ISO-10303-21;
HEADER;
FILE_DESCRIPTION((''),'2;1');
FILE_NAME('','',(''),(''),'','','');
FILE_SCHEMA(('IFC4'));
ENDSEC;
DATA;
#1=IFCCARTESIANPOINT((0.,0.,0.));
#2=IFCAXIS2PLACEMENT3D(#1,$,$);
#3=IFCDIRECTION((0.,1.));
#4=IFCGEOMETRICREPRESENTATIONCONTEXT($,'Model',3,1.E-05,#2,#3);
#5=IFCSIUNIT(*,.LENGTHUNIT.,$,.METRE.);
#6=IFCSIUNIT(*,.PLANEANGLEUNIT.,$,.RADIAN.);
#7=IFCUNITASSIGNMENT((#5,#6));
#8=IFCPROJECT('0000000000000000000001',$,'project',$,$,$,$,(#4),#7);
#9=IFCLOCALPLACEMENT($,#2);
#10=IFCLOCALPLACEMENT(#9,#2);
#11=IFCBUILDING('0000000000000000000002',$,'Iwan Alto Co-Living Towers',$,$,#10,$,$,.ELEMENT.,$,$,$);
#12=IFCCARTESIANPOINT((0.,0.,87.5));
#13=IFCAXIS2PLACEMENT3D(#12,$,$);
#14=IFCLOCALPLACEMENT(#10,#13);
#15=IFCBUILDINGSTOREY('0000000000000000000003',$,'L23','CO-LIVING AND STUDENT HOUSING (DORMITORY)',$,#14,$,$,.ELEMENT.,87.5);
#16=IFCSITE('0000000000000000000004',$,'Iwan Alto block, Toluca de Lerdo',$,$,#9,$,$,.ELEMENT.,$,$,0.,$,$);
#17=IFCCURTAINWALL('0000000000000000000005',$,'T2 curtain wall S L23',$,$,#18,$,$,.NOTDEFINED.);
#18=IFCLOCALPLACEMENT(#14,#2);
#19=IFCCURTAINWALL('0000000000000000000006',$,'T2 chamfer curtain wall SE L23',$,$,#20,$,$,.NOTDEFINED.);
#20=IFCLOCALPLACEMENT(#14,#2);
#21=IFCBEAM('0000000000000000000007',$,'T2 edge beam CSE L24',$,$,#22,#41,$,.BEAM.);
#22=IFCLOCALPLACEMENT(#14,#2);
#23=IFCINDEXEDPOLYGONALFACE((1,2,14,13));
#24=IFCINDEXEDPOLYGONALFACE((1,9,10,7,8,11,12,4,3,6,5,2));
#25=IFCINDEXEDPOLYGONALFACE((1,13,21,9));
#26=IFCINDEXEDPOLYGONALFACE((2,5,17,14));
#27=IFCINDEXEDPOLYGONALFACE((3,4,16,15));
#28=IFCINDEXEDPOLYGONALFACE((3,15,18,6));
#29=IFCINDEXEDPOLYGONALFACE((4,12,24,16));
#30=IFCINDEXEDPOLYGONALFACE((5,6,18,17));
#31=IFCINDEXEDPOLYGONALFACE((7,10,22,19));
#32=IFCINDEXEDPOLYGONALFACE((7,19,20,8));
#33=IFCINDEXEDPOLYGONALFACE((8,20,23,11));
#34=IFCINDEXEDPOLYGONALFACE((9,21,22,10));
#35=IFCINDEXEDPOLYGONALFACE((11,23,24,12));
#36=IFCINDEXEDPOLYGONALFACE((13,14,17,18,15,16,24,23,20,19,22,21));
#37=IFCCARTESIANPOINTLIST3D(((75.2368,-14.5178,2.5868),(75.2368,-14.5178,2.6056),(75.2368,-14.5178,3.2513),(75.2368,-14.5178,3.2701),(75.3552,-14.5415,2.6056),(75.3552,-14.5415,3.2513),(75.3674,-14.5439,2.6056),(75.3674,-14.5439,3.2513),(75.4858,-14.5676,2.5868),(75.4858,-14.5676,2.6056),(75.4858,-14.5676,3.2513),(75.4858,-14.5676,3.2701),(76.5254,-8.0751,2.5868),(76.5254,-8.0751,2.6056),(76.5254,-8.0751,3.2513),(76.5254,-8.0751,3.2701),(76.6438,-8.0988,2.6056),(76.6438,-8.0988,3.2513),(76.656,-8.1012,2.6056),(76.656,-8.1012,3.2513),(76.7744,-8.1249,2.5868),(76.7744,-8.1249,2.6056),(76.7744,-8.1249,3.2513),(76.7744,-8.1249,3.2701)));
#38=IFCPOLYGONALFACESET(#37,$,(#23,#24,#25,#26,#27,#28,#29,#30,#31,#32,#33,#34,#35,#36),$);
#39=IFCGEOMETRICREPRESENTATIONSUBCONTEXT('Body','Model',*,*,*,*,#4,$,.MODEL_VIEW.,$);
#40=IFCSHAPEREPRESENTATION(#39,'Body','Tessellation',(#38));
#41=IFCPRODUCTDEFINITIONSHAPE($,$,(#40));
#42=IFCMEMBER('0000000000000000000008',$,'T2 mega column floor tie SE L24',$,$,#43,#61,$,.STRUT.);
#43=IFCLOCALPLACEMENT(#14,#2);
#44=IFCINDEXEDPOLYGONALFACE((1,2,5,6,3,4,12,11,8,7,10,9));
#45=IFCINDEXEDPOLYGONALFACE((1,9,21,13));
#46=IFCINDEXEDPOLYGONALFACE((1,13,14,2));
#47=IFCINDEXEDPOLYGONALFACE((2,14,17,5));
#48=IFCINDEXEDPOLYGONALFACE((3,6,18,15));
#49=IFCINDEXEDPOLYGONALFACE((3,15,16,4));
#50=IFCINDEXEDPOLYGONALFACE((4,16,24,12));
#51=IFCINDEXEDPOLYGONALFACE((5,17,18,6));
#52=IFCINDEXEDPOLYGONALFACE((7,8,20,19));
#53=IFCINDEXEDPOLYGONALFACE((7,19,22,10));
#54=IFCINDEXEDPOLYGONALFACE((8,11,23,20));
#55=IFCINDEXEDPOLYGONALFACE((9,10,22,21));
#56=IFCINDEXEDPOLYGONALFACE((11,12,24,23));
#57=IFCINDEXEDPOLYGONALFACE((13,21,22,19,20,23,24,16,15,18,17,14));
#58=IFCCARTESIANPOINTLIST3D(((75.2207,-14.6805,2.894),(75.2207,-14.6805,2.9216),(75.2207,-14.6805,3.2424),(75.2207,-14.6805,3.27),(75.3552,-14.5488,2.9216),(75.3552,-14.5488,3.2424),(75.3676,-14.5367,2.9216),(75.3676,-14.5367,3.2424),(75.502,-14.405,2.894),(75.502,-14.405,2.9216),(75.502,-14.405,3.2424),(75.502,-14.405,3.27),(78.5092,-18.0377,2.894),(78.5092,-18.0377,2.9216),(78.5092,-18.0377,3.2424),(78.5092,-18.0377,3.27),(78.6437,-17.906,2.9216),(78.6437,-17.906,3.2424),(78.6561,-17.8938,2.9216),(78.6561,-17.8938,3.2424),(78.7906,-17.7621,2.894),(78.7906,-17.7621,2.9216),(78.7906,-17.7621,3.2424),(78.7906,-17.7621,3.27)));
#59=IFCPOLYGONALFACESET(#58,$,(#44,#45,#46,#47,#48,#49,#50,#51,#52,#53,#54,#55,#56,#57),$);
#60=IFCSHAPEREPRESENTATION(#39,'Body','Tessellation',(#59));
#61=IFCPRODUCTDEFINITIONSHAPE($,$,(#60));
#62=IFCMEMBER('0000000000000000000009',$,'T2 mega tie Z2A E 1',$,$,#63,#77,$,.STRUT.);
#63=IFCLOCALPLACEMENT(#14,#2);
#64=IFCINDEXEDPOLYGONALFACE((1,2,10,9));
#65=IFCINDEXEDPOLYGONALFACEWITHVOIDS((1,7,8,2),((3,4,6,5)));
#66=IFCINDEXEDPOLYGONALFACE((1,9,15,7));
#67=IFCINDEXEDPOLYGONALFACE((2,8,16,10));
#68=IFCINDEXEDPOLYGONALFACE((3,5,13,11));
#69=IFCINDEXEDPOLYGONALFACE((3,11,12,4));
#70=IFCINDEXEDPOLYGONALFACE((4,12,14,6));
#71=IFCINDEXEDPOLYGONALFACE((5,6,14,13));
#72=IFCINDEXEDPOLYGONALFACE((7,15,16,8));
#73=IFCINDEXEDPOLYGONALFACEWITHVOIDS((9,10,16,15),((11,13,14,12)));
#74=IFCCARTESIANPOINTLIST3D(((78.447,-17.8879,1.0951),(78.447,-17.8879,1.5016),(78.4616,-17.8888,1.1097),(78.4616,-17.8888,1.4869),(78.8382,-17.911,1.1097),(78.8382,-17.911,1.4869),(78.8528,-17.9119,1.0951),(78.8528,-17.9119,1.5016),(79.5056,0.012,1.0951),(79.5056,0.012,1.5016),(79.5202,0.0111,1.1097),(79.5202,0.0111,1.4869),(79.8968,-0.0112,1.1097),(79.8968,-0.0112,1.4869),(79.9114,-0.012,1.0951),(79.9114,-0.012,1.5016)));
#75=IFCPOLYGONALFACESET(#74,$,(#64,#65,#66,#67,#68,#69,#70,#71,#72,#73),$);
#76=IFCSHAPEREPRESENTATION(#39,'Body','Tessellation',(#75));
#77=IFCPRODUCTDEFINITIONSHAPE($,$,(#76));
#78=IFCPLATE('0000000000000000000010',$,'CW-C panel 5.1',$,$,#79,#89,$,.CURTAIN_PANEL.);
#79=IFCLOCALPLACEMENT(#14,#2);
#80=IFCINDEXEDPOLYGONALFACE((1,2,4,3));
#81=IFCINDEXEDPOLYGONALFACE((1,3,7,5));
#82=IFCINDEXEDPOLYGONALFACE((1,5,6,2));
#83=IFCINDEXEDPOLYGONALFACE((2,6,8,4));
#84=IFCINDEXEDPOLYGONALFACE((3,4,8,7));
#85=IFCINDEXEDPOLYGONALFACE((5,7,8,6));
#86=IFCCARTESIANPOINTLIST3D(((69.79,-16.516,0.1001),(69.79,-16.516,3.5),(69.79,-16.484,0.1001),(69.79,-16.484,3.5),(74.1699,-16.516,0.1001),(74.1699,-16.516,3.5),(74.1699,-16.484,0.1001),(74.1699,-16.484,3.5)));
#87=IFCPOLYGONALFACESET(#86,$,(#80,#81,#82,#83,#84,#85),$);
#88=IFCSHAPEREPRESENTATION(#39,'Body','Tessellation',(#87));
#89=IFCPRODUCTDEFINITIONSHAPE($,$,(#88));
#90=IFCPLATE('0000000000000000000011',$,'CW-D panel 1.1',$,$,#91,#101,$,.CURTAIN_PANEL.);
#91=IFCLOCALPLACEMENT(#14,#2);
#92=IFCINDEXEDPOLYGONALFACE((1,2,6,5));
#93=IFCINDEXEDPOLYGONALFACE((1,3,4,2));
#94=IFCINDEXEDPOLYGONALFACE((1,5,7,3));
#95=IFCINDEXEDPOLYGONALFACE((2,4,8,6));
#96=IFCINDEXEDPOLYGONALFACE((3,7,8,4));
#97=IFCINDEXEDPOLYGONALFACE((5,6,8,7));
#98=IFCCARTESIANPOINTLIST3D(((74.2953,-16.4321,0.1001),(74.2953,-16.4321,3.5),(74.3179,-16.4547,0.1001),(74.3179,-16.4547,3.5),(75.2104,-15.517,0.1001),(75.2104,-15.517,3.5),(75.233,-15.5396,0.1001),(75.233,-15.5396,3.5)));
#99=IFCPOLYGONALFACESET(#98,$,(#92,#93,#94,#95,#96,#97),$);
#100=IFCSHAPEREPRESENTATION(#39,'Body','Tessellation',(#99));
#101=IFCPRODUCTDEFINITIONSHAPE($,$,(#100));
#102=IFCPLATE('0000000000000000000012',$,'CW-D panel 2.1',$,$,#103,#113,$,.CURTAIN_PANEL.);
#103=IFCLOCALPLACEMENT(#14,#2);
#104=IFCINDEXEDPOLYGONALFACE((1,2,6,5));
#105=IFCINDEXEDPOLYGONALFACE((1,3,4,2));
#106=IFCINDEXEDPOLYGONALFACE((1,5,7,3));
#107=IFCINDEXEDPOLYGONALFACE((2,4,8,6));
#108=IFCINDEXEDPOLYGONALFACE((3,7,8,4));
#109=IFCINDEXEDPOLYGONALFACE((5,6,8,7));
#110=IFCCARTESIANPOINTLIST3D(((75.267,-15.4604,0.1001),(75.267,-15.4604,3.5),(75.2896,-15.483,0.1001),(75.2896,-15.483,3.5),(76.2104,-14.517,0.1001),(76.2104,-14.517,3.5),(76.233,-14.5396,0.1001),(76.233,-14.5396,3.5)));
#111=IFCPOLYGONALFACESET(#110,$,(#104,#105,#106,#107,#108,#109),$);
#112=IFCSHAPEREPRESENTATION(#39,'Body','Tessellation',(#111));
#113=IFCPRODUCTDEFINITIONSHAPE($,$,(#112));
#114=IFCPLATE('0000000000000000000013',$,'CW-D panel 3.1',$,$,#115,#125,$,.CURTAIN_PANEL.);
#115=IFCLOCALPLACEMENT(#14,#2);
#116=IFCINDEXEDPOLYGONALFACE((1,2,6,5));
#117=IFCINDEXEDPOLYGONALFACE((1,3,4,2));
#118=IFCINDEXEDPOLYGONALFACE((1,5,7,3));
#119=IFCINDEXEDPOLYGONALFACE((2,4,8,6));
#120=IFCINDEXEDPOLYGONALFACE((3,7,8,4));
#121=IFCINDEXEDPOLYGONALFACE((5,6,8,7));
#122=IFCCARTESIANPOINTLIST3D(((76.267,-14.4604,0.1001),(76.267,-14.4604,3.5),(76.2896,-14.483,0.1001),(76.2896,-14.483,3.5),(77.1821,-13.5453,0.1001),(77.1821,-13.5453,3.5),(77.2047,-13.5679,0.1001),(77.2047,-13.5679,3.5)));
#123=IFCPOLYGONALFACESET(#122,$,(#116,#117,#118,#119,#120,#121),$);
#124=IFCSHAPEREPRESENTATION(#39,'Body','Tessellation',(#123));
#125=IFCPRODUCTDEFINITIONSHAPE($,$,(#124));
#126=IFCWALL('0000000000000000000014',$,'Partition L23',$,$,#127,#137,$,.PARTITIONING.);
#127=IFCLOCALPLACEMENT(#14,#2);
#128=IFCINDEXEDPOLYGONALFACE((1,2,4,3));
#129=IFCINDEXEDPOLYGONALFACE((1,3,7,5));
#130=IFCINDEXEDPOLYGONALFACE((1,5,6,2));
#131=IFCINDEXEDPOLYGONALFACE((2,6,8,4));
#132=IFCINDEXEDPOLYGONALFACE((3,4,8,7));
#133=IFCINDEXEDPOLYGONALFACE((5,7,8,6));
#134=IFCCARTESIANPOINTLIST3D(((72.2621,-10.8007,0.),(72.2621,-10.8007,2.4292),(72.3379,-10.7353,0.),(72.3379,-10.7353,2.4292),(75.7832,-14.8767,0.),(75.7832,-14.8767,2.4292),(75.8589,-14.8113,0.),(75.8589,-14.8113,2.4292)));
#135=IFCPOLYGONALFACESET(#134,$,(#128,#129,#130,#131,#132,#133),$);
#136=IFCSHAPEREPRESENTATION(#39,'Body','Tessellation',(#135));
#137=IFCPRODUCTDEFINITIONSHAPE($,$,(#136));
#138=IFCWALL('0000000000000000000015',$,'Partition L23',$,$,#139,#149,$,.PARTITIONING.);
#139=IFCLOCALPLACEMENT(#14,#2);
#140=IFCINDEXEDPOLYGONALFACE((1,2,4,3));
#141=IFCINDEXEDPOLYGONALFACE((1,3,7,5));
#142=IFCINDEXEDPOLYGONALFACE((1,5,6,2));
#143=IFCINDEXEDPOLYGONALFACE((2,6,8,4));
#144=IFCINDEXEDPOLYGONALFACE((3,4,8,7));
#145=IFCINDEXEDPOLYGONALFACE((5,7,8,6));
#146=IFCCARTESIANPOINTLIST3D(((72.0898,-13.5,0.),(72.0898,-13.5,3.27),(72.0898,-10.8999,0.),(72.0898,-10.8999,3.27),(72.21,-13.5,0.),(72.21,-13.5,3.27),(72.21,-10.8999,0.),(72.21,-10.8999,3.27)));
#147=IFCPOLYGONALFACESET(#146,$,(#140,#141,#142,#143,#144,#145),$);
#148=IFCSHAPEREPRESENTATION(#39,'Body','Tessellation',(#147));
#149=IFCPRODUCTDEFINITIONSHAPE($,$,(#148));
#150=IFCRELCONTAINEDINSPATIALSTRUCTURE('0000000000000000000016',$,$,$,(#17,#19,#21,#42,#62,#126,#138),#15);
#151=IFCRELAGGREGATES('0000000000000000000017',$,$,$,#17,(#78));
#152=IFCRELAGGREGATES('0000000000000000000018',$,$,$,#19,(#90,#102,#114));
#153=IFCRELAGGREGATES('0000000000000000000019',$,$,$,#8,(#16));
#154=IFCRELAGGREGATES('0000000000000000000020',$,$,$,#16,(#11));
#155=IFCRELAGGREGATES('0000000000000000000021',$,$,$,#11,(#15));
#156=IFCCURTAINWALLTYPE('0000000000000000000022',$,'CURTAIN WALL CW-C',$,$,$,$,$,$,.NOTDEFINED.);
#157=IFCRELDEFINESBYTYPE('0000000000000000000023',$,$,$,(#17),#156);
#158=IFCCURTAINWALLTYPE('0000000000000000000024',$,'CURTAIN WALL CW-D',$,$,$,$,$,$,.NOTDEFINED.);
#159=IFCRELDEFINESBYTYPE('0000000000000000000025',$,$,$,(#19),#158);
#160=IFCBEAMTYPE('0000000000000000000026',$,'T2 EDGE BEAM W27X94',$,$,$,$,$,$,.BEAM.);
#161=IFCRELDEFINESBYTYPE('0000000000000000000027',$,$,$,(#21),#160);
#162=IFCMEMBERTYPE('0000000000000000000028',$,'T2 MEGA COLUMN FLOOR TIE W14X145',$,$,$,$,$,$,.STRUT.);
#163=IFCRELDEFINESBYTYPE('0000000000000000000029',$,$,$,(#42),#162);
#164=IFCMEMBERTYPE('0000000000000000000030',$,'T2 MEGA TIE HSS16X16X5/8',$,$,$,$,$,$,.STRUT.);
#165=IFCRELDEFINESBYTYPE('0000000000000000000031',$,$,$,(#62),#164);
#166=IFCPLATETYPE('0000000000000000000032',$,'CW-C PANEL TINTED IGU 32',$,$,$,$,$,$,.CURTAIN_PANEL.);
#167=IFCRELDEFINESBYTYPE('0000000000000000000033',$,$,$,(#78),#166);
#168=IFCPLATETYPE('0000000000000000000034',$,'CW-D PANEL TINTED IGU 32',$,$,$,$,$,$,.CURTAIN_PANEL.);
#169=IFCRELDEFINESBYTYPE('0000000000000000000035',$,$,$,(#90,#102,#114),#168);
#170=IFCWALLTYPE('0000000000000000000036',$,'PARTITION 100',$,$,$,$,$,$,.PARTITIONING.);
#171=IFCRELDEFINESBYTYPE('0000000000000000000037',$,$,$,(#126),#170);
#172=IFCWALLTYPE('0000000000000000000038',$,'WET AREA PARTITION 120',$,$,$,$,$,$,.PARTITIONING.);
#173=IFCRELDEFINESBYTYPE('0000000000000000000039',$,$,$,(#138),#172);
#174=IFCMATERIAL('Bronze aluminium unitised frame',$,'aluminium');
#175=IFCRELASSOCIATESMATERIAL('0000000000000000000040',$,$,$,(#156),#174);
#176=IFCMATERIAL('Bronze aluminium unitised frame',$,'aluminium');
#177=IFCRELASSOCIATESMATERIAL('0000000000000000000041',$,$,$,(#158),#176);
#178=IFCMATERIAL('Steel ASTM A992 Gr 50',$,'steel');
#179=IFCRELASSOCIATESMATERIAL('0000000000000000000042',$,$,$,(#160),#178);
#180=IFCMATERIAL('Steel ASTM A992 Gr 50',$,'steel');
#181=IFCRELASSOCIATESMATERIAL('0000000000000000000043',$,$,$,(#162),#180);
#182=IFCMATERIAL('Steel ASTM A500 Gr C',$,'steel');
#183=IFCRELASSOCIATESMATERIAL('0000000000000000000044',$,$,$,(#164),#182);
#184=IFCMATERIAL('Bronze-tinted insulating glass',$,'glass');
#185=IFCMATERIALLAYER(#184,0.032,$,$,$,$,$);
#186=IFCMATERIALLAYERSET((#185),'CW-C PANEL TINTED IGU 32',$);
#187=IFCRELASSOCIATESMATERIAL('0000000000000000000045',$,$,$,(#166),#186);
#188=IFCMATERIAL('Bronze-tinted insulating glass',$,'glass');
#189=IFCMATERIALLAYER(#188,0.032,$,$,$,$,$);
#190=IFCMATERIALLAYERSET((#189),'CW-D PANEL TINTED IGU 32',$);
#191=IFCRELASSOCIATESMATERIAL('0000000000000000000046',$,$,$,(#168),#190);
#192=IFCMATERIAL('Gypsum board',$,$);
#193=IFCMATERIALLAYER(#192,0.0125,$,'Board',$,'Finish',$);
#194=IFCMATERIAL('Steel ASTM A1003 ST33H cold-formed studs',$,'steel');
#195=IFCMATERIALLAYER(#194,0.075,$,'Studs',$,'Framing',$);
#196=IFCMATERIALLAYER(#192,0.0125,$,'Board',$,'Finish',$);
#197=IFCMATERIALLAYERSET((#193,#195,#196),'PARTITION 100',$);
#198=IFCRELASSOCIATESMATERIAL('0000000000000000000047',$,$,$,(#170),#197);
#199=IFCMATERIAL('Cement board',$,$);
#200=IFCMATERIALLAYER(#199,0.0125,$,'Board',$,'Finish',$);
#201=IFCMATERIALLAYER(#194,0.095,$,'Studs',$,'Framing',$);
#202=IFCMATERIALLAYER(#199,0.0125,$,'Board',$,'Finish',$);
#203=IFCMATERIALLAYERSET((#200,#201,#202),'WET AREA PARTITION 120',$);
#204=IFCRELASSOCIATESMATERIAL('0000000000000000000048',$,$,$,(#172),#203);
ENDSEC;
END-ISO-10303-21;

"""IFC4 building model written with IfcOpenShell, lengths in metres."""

from ifc_helpers import new_model, si_unit, direction, frame, frame_2d, origin, origin_2d, place, context, subcontext, project, spatial, rectangle, hollow_rectangle, i_section, extrude, material, layer, layer_set, material_profile, profile_set, type_object, element, aggregate, save


model = new_model("IFC4")

# Units and contexts
model_context = context("Model", 3, precision=1e-05, world=origin(), true_north=direction((0.0, 1.0)))
body_context = subcontext(model_context, "Body", "Model", "MODEL_VIEW")
ifc_project = project(units=[si_unit("LENGTHUNIT", "METRE"), si_unit("PLANEANGLEUNIT", "RADIAN")], contexts=[model_context])

# Site, building, storey
site_placement = place(None, origin())
site = spatial("IfcSite", under=ifc_project, at=site_placement, Name="Iwan Alto block, Toluca de Lerdo", CompositionType="ELEMENT", RefElevation=0.0)
building_placement = place(site_placement, origin())
building = spatial("IfcBuilding", under=site, at=building_placement, Name="Iwan Alto Co-Living Towers", CompositionType="ELEMENT")
storey_placement = place(building_placement, frame((0.0, 0.0, 87.5)))
storey = spatial("IfcBuildingStorey", under=building, at=storey_placement, Name="L23", Description="CO-LIVING AND STUDENT HOUSING (DORMITORY)", CompositionType="ELEMENT", Elevation=87.5)

# Curtain wall
ifc_material_1 = material(Name="Bronze aluminium unitised frame", Category="aluminium")
curtain_wall_type_1 = type_object("IfcCurtainWallType", Name="CURTAIN WALL CW-C", PredefinedType="NOTDEFINED", material=ifc_material_1)
curtain_wall_1_placement = place(storey_placement, origin())
curtain_wall_1 = element("IfcCurtainWall", 1, at=curtain_wall_1_placement, inside=storey, type_object=curtain_wall_type_1, Name="T2 curtain wall S L23", PredefinedType="NOTDEFINED")

# Curtain wall
ifc_material_2 = material(Name="Bronze aluminium unitised frame", Category="aluminium")
curtain_wall_type_2 = type_object("IfcCurtainWallType", Name="CURTAIN WALL CW-D", PredefinedType="NOTDEFINED", material=ifc_material_2)
curtain_wall_2_placement = place(storey_placement, origin())
curtain_wall_2 = element("IfcCurtainWall", 2, at=curtain_wall_2_placement, inside=storey, type_object=curtain_wall_type_2, Name="T2 chamfer curtain wall SE L23", PredefinedType="NOTDEFINED")

# Beam
ifc_material_3 = material(Name="Steel ASTM A992 Gr 50", Category="steel")
ifc_material_profile_1 = material_profile(ifc_material_3, i_section(OverallWidth=0.2539, OverallDepth=0.6833, WebThickness=0.0125, FlangeThickness=0.0188, at=origin_2d()), Name="W27X94")
ifc_profile_set_1 = profile_set([ifc_material_profile_1], Name="Steel ASTM A992 Gr 50")
beam_type_1 = type_object("IfcBeamType", Name="T2 EDGE BEAM W27X94", PredefinedType="BEAM", material=ifc_profile_set_1)
beam_1_placement = place(storey_placement, frame((75.3613, -14.5427, 2.9285), z_axis=(0.196123, 0.980579, 0.0), x_axis=(-0.980579, 0.196123, 0.0)))
element("IfcBeam", 3, at=beam_1_placement, inside=storey, type_object=beam_type_1, Name="T2 edge beam CSE L24", PredefinedType="BEAM", context=body_context, shape_type="SweptSolid", body=[
    extrude(i_section(OverallWidth=0.2539, OverallDepth=0.6833, WebThickness=0.0125, FlangeThickness=0.0188, at=origin_2d()), origin(), (0.0, 0.0, 1.0), 6.5703),
])

# Members
ifc_material_4 = material(Name="Steel ASTM A992 Gr 50", Category="steel")
ifc_material_profile_2 = material_profile(ifc_material_4, i_section(OverallWidth=0.3938, OverallDepth=0.376, WebThickness=0.0173, FlangeThickness=0.0276, at=origin_2d()), Name="W14X145")
ifc_profile_set_2 = profile_set([ifc_material_profile_2], Name="Steel ASTM A992 Gr 50")
member_type_1 = type_object("IfcMemberType", Name="T2 MEGA COLUMN FLOOR TIE W14X145", PredefinedType="STRUT", material=ifc_profile_set_2)
member_1_placement = place(storey_placement, frame((78.6499, -17.8999, 3.082), z_axis=(-0.69977, 0.714368, 0.0), x_axis=(-0.714368, -0.69977, 0.0)))
element("IfcMember", 4, at=member_1_placement, inside=storey, type_object=member_type_1, Name="T2 mega column floor tie SE L24", PredefinedType="STRUT", context=body_context, shape_type="SweptSolid", body=[
    extrude(i_section(OverallWidth=0.3938, OverallDepth=0.376, WebThickness=0.0173, FlangeThickness=0.0276, at=origin_2d()), origin(), (0.0, 0.0, 1.0), 4.6995),
])
ifc_material_5 = material(Name="Steel ASTM A500 Gr C", Category="steel")
ifc_material_profile_3 = material_profile(ifc_material_5, hollow_rectangle(XDim=0.4065, YDim=0.4065, WallThickness=0.0146, at=origin_2d()), Name="HSS16X16X5/8")
ifc_profile_set_3 = profile_set([ifc_material_profile_3], Name="Steel ASTM A500 Gr C")
member_type_2 = type_object("IfcMemberType", Name="T2 MEGA TIE HSS16X16X5/8", PredefinedType="STRUT", material=ifc_profile_set_3)
member_2_placement = place(storey_placement, frame((78.6499, -17.8999, 1.2983), z_axis=(0.059036, 0.998256, 0.0), x_axis=(-0.998256, 0.059036, 0.0)))
element("IfcMember", 5, at=member_2_placement, inside=storey, type_object=member_type_2, Name="T2 mega tie Z2A E 1", PredefinedType="STRUT", context=body_context, shape_type="SweptSolid", body=[
    extrude(hollow_rectangle(XDim=0.4065, YDim=0.4065, WallThickness=0.0146, at=origin_2d()), origin(), (0.0, 0.0, 1.0), 17.9312),
])

# Plates
ifc_material_6 = material(Name="Bronze-tinted insulating glass", Category="glass")
ifc_layer_1 = layer(ifc_material_6, 0.032)
ifc_layer_set_1 = layer_set([ifc_layer_1], Name="CW-C PANEL TINTED IGU 32")
plate_type_1 = type_object("IfcPlateType", Name="CW-C PANEL TINTED IGU 32", PredefinedType="CURTAIN_PANEL", material=ifc_layer_set_1)
plate_1_placement = place(storey_placement, frame((71.98, -16.5, 0.1001), z_axis=(0.0, 0.0, 1.0), x_axis=(1.0, 0.0, 0.0)))
plate_1 = element("IfcPlate", 6, at=plate_1_placement, type_object=plate_type_1, Name="CW-C panel 5.1", PredefinedType="CURTAIN_PANEL", context=body_context, shape_type="SweptSolid", body=[
    extrude(rectangle(XDim=4.3799, YDim=0.032, at=origin_2d()), origin(), (0.0, 0.0, 1.0), 3.3999),
])
aggregate(curtain_wall_1, [plate_1])
ifc_material_7 = material(Name="Bronze-tinted insulating glass", Category="glass")
ifc_layer_2 = layer(ifc_material_7, 0.032)
ifc_layer_set_2 = layer_set([ifc_layer_2], Name="CW-D PANEL TINTED IGU 32")
plate_type_2 = type_object("IfcPlateType", Name="CW-D PANEL TINTED IGU 32", PredefinedType="CURTAIN_PANEL", material=ifc_layer_set_2)
plate_2_placement = place(storey_placement, frame((74.7642, -15.9858, 0.1001), z_axis=(0.0, 0.0, 1.0), x_axis=(0.707107, 0.707107, 0.0)))
plate_2 = element("IfcPlate", 7, at=plate_2_placement, type_object=plate_type_2, Name="CW-D panel 1.1", PredefinedType="CURTAIN_PANEL", context=body_context, shape_type="SweptSolid", body=[
    extrude(rectangle(XDim=1.2942, YDim=0.032, at=origin_2d()), origin(), (0.0, 0.0, 1.0), 3.3999),
])
plate_3_placement = place(storey_placement, frame((75.75, -15.0, 0.1001), z_axis=(0.0, 0.0, 1.0), x_axis=(0.707107, 0.707107, 0.0)))
plate_3 = element("IfcPlate", 8, at=plate_3_placement, type_object=plate_type_2, Name="CW-D panel 2.1", PredefinedType="CURTAIN_PANEL", context=body_context, shape_type="SweptSolid", body=[
    extrude(rectangle(XDim=1.3342, YDim=0.032, at=origin_2d()), origin(), (0.0, 0.0, 1.0), 3.3999),
])
plate_4_placement = place(storey_placement, frame((76.7358, -14.0142, 0.1001), z_axis=(0.0, 0.0, 1.0), x_axis=(0.707107, 0.707107, 0.0)))
plate_4 = element("IfcPlate", 9, at=plate_4_placement, type_object=plate_type_2, Name="CW-D panel 3.1", PredefinedType="CURTAIN_PANEL", context=body_context, shape_type="SweptSolid", body=[
    extrude(rectangle(XDim=1.2942, YDim=0.032, at=origin_2d()), origin(), (0.0, 0.0, 1.0), 3.3999),
])
aggregate(curtain_wall_2, [plate_2, plate_3, plate_4])

# Walls
ifc_material_8 = material(Name="Gypsum board")
ifc_layer_3 = layer(ifc_material_8, 0.0125, Name="Board", Category="Finish")
ifc_material_9 = material(Name="Steel ASTM A1003 ST33H cold-formed studs", Category="steel")
ifc_layer_4 = layer(ifc_material_9, 0.075, Name="Studs", Category="Framing")
ifc_layer_5 = layer(ifc_material_8, 0.0125, Name="Board", Category="Finish")
ifc_layer_set_3 = layer_set([ifc_layer_3, ifc_layer_4, ifc_layer_5], Name="PARTITION 100")
wall_type_1 = type_object("IfcWallType", Name="PARTITION 100", PredefinedType="PARTITIONING", material=ifc_layer_set_3)
wall_1_placement = place(storey_placement, frame((75.821, -14.844, 0.0), z_axis=(0.0, 0.0, 1.0), x_axis=(-0.653713, 0.756742, 0.0)))
element("IfcWall", 10, at=wall_1_placement, inside=storey, type_object=wall_type_1, Name="Partition L23", PredefinedType="PARTITIONING", context=body_context, shape_type="SweptSolid", body=[
    extrude(rectangle(XDim=5.3862, YDim=0.1001, at=frame_2d((2.6931, 0.0))), origin(), (0.0, 0.0, 1.0), 2.4292),
])
ifc_material_10 = material(Name="Cement board")
ifc_layer_6 = layer(ifc_material_10, 0.0125, Name="Board", Category="Finish")
ifc_layer_7 = layer(ifc_material_9, 0.095, Name="Studs", Category="Framing")
ifc_layer_8 = layer(ifc_material_10, 0.0125, Name="Board", Category="Finish")
ifc_layer_set_4 = layer_set([ifc_layer_6, ifc_layer_7, ifc_layer_8], Name="WET AREA PARTITION 120")
wall_type_2 = type_object("IfcWallType", Name="WET AREA PARTITION 120", PredefinedType="PARTITIONING", material=ifc_layer_set_4)
wall_2_placement = place(storey_placement, frame((72.1499, -13.5, 0.0), z_axis=(0.0, 0.0, 1.0), x_axis=(0.0, 1.0, 0.0)))
element("IfcWall", 11, at=wall_2_placement, inside=storey, type_object=wall_type_2, Name="Partition L23", PredefinedType="PARTITIONING", context=body_context, shape_type="SweptSolid", body=[
    extrude(rectangle(XDim=2.6001, YDim=0.1201, at=frame_2d((1.3, 0.0))), origin(), (0.0, 0.0, 1.0), 3.27),
])

save(model, "model.ifc")
